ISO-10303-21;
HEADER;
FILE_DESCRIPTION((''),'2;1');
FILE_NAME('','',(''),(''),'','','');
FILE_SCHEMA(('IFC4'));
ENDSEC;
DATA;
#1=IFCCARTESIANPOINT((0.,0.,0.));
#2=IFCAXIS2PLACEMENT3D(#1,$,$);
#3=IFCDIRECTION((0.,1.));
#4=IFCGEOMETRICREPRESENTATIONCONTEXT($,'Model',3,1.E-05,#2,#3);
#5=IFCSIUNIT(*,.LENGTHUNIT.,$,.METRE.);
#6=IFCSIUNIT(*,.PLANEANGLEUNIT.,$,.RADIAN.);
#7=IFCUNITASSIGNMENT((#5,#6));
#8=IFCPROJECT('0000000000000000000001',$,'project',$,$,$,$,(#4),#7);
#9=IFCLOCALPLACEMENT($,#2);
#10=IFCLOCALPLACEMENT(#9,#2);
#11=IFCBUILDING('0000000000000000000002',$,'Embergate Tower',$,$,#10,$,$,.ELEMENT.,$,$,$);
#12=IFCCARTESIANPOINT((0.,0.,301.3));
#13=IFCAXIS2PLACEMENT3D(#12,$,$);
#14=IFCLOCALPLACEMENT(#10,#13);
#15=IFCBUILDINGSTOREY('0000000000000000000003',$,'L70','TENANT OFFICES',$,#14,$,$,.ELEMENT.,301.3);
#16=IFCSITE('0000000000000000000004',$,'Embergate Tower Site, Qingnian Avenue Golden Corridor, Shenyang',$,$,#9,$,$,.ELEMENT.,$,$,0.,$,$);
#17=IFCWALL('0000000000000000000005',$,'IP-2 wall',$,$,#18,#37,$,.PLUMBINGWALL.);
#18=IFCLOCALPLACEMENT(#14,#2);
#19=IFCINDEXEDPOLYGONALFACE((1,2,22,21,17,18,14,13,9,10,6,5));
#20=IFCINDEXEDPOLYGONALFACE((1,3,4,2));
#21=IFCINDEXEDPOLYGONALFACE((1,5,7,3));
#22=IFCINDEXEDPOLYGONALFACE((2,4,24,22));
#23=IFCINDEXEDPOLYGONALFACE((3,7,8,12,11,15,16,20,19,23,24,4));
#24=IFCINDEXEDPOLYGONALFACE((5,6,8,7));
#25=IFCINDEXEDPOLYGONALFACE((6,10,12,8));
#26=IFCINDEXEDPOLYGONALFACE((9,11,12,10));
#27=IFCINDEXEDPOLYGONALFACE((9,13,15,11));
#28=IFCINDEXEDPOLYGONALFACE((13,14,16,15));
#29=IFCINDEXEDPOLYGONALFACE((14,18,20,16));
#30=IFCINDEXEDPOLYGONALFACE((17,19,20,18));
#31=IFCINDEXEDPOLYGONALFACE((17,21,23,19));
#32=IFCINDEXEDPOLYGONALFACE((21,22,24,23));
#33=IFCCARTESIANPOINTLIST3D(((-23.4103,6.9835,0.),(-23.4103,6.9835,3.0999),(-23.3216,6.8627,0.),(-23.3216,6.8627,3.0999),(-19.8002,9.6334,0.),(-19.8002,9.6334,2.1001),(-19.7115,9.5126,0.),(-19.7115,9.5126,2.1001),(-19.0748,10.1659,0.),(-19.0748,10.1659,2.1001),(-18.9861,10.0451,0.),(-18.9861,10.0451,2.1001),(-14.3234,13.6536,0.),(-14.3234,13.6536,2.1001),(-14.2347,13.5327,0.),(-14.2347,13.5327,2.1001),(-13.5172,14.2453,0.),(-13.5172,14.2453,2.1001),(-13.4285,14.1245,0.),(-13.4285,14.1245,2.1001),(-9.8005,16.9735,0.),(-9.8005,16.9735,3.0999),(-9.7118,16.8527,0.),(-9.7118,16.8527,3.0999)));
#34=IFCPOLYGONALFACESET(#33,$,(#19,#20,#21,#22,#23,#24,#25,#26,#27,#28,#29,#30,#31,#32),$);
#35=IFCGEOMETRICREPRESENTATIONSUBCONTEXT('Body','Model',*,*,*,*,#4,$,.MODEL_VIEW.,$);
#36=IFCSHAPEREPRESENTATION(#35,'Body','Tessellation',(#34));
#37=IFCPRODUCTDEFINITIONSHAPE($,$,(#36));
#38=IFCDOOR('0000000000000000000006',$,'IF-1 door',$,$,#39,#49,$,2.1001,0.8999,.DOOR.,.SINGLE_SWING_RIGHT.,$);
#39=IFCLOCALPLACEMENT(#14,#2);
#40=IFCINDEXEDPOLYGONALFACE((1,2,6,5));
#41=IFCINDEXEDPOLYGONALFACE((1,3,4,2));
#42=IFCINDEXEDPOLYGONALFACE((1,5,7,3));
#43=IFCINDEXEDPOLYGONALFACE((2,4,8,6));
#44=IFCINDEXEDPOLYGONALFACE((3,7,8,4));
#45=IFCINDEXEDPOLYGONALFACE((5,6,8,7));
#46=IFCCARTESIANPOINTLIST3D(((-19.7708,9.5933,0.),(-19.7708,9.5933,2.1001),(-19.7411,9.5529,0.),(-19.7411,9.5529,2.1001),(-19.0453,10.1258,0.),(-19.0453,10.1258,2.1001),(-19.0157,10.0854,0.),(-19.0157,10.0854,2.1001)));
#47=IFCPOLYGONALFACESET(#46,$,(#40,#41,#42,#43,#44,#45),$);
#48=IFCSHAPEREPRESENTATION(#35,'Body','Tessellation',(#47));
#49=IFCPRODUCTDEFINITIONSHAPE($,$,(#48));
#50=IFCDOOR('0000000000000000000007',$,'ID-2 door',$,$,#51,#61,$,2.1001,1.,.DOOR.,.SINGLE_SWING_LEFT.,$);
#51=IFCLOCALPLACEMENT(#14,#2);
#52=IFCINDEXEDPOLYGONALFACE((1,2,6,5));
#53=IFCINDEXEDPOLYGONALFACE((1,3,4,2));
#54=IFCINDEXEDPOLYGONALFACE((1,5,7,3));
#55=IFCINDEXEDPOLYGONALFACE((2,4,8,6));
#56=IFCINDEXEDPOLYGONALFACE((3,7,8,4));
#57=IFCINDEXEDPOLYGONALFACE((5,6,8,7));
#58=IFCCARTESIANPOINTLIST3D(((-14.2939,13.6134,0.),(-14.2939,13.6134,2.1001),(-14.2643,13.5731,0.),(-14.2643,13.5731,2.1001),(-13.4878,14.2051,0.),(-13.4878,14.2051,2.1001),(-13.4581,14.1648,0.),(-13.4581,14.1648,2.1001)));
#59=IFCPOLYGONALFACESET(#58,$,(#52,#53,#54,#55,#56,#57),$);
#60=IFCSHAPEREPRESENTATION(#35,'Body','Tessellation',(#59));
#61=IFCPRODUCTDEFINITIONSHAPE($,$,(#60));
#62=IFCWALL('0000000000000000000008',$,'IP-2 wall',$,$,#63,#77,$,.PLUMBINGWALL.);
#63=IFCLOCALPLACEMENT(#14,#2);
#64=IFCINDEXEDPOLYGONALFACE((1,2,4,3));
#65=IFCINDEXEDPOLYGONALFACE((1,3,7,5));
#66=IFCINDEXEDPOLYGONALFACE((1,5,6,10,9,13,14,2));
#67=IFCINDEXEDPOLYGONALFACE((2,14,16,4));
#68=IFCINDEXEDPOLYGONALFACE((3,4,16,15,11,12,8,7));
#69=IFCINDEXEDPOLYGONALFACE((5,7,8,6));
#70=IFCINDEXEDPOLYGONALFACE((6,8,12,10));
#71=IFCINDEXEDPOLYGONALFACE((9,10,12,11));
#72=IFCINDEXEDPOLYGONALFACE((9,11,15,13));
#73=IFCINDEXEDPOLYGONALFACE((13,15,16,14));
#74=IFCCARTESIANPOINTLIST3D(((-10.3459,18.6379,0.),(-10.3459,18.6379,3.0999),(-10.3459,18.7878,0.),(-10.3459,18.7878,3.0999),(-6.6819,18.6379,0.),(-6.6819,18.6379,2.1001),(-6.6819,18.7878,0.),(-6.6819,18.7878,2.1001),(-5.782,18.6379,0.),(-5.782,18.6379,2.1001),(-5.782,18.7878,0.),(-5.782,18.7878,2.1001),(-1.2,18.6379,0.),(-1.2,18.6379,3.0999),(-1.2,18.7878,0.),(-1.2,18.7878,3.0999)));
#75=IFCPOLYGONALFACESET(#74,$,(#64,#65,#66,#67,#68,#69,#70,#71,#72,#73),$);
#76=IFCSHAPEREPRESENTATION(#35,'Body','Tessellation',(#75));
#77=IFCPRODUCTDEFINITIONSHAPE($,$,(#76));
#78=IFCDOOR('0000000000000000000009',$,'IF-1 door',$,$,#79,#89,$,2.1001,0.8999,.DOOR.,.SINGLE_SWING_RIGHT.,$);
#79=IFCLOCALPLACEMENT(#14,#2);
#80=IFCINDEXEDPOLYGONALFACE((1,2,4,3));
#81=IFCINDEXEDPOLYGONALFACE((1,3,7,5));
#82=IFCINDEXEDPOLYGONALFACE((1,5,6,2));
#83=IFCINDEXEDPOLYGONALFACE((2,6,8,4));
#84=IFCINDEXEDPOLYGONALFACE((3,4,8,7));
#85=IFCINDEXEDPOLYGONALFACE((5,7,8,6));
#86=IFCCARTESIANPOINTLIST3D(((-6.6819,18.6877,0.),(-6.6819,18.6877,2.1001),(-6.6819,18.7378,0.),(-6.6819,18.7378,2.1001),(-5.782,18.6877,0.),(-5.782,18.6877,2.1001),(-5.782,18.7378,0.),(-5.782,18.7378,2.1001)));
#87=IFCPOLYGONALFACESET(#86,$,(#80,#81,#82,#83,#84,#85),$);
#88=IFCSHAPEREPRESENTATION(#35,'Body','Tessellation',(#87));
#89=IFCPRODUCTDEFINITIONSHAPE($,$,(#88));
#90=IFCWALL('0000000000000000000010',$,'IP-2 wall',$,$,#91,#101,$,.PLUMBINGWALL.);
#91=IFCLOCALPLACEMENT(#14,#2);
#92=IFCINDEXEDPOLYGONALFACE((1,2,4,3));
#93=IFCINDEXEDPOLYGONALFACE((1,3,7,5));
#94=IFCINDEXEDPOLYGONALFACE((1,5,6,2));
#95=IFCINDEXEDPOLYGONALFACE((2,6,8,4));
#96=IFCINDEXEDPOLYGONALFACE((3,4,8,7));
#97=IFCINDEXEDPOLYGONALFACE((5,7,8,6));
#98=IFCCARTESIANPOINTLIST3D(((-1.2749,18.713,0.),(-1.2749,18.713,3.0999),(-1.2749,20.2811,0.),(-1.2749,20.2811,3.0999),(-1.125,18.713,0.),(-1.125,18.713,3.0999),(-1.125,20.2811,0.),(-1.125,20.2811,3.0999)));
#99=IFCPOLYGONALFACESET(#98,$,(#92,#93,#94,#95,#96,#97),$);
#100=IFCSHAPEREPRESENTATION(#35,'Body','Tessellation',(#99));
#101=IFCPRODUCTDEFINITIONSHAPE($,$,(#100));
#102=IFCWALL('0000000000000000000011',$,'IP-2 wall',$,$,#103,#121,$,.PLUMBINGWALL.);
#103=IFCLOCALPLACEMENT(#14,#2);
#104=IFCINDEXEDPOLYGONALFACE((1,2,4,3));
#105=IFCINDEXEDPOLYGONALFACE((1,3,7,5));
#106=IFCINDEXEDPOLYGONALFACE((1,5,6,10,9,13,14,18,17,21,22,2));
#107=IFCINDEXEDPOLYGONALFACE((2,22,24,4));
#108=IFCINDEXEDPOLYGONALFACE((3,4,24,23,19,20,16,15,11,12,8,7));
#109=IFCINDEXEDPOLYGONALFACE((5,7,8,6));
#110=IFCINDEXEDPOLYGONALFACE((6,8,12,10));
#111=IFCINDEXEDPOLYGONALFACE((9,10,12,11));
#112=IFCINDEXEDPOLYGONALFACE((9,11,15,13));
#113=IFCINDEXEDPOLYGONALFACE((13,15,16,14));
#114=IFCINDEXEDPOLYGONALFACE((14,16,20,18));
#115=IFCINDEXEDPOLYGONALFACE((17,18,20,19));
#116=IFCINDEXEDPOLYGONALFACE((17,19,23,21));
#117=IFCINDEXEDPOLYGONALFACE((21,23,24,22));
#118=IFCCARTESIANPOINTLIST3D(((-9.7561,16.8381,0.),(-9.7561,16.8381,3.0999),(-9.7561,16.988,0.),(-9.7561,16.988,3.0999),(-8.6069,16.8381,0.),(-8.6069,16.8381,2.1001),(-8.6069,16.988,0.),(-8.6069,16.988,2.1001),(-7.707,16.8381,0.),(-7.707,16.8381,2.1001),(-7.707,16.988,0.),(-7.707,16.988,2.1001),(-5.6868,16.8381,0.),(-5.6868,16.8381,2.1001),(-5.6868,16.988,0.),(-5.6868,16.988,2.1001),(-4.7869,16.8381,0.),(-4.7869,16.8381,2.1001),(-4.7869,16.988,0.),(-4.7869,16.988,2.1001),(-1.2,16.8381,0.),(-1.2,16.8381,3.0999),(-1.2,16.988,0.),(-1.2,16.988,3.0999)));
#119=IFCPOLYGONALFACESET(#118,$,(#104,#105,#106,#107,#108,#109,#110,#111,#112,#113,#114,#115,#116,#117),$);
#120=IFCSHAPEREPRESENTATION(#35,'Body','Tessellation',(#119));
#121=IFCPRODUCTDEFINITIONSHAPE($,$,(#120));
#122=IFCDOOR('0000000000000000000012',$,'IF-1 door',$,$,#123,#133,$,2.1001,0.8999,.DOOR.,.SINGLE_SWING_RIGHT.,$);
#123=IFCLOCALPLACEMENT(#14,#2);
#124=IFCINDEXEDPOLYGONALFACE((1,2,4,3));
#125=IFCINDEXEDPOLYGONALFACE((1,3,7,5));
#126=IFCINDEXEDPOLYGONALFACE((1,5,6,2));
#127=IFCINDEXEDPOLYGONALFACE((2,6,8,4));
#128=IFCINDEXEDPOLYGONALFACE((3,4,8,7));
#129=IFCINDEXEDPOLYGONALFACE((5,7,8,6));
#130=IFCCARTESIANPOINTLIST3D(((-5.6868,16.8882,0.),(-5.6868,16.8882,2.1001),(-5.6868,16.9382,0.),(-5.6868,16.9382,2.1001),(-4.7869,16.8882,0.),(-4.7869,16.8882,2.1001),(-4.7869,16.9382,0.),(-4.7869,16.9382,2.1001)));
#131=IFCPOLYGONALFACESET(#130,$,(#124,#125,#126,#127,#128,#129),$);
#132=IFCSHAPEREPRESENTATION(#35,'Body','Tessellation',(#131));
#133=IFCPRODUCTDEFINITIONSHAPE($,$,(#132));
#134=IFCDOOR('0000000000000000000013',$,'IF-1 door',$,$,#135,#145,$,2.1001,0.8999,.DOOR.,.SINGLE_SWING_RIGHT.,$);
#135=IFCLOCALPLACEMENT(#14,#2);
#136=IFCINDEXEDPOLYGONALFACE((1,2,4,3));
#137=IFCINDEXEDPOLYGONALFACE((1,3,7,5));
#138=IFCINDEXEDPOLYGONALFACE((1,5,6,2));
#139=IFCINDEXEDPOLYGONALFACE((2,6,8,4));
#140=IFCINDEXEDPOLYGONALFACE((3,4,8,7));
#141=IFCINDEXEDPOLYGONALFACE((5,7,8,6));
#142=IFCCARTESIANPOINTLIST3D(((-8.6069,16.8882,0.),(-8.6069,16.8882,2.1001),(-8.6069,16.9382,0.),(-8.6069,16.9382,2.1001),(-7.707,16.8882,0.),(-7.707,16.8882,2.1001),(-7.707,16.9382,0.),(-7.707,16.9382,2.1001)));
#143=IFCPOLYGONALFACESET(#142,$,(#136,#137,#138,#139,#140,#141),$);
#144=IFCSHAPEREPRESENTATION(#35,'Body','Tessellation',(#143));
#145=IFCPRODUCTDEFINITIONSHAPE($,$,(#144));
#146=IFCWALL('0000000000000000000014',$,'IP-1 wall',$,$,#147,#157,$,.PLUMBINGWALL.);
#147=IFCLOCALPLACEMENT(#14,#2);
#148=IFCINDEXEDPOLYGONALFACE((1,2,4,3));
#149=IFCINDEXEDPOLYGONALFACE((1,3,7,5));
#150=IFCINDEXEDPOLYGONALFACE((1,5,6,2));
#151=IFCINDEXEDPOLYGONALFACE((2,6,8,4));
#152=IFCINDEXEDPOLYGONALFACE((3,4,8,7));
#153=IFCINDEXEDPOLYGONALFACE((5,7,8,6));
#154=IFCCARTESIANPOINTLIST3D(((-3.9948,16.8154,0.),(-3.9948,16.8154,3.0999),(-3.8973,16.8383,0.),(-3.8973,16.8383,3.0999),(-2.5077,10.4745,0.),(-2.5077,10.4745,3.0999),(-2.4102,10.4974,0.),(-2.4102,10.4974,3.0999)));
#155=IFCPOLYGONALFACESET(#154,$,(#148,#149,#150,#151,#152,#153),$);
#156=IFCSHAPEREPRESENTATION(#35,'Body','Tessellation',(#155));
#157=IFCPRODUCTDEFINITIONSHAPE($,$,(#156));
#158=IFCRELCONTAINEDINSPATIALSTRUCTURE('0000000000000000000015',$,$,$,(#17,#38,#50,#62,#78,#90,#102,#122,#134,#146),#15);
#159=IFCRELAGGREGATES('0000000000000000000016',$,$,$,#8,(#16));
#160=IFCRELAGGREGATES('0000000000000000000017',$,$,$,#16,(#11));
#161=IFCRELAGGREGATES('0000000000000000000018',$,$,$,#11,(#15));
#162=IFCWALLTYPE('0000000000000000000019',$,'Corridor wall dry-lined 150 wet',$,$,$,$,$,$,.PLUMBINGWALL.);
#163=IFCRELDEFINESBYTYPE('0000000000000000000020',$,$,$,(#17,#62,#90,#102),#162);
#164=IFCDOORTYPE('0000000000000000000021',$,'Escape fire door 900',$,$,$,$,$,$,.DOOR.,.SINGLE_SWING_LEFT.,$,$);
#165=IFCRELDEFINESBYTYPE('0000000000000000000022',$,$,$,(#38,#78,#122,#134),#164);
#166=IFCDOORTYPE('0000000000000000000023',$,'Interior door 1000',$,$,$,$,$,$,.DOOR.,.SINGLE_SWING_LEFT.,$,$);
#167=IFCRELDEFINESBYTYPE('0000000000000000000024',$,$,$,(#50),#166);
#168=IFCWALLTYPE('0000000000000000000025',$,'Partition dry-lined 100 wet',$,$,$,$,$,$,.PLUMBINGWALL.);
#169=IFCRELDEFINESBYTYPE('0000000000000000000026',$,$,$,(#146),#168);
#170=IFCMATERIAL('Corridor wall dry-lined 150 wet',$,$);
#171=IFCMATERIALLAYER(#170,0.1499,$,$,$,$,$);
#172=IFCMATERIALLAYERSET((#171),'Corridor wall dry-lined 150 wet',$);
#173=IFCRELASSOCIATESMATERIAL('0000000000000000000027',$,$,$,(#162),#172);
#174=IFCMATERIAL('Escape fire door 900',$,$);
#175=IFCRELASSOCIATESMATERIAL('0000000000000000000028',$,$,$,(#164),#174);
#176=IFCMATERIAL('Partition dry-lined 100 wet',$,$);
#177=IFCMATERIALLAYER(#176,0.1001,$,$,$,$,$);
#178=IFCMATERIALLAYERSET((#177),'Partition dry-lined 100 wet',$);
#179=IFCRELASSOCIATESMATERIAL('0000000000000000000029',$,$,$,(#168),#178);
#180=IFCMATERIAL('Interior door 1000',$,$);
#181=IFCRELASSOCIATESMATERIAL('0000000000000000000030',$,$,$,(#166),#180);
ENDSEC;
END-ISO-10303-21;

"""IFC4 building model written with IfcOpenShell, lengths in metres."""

from ifc_helpers import new_model, si_unit, direction, frame, frame_2d, origin, place, context, subcontext, project, spatial, rectangle, extrude, source, transform, mapped, material, layer, layer_set, type_object, element, fill, save


model = new_model("IFC4")

# Units and contexts
model_context = context("Model", 3, precision=1e-05, world=origin(), true_north=direction((0.0, 1.0)))
body_context = subcontext(model_context, "Body", "Model", "MODEL_VIEW")
ifc_project = project(units=[si_unit("LENGTHUNIT", "METRE"), si_unit("PLANEANGLEUNIT", "RADIAN")], contexts=[model_context])

# Site, building, storey
site_placement = place(None, origin())
site = spatial("IfcSite", under=ifc_project, at=site_placement, Name="Embergate Tower Site, Qingnian Avenue Golden Corridor, Shenyang", CompositionType="ELEMENT", RefElevation=0.0)
building_placement = place(site_placement, origin())
building = spatial("IfcBuilding", under=site, at=building_placement, Name="Embergate Tower", CompositionType="ELEMENT")
storey_placement = place(building_placement, frame((0.0, 0.0, 301.3)))
storey = spatial("IfcBuildingStorey", under=building, at=storey_placement, Name="L70", Description="TENANT OFFICES", CompositionType="ELEMENT", Elevation=301.3)

# Shared definitions
ifc_material_1 = material(Name="Corridor wall dry-lined 150 wet")
ifc_layer_1 = layer(ifc_material_1, 0.1499)
ifc_layer_set_1 = layer_set([ifc_layer_1], Name="Corridor wall dry-lined 150 wet")
wall_type_1 = type_object("IfcWallType", Name="Corridor wall dry-lined 150 wet", PredefinedType="PLUMBINGWALL", material=ifc_layer_set_1)

# Shared definitions
shared_shape_1 = source(origin(), body_context, "Body", "SweptSolid", [
    extrude(rectangle(XDim=0.8999, YDim=2.1001, at=frame_2d((0.45, 1.05))), frame((0.0, 0.085, 0.0), z_axis=(0.0, -1.0, 0.0), x_axis=(1.0, 0.0, 0.0)), (0.0, 0.0, 1.0), 0.1699),
])
ifc_material_2 = material(Name="Escape fire door 900")
door_type_1 = type_object("IfcDoorType", Name="Escape fire door 900", OperationType="SINGLE_SWING_LEFT", PredefinedType="DOOR", material=ifc_material_2)
shared_shape_2 = source(origin(), body_context, "Body", "SweptSolid", [
    extrude(rectangle(XDim=0.8999, YDim=2.1001, at=frame_2d((0.45, 1.05))), frame((0.0, 0.0249, 0.0), z_axis=(0.0, -1.0, 0.0), x_axis=(1.0, 0.0, 0.0)), (0.0, 0.0, 1.0), 0.05),
])

# Shared definitions
ifc_material_3 = material(Name="Partition dry-lined 100 wet")
ifc_layer_2 = layer(ifc_material_3, 0.1001)
ifc_layer_set_2 = layer_set([ifc_layer_2], Name="Partition dry-lined 100 wet")
wall_type_2 = type_object("IfcWallType", Name="Partition dry-lined 100 wet", PredefinedType="PLUMBINGWALL", material=ifc_layer_set_2)

# Wall, openings, doors
shared_shape_3 = source(origin(), body_context, "Body", "SweptSolid", [
    extrude(rectangle(XDim=16.8828, YDim=0.1499, at=frame_2d((8.4414, 0.0))), origin(), (0.0, 0.0, 1.0), 3.0999),
])
wall_1_placement = place(storey_placement, frame((-9.7561, 16.9131, 0.0), z_axis=(0.0, 0.0, 1.0), x_axis=(-0.806139, -0.591727, 0.0)))
wall_1 = element("IfcWall", 1, at=wall_1_placement, inside=storey, type_object=wall_type_1, Name="IP-2 wall", PredefinedType="PLUMBINGWALL", context=body_context, shape_type="MappedRepresentation", body=[
    mapped(shared_shape_3, transform((0.0, 0.0, 0.0))),
])
shared_shape_4 = source(origin(), body_context, "Body", "SweptSolid", [
    extrude(rectangle(XDim=1.0, YDim=2.1001, at=frame_2d((0.5, 1.05))), frame((0.0, 0.085, 0.0), z_axis=(0.0, -1.0, 0.0), x_axis=(1.0, 0.0, 0.0)), (0.0, 0.0, 1.0), 0.1699),
])
opening_1_placement = place(wall_1_placement, frame((4.6106, 0.0, 0.0)))
opening_1 = element("IfcOpeningElement", 2, at=opening_1_placement, cuts=wall_1, PredefinedType="OPENING", context=body_context, shape_type="MappedRepresentation", body=[
    mapped(shared_shape_4, transform((0.0, 0.0, 0.0))),
])
opening_2_placement = place(wall_1_placement, frame((11.5046, 0.0, 0.0)))
opening_2 = element("IfcOpeningElement", 3, at=opening_2_placement, cuts=wall_1, PredefinedType="OPENING", context=body_context, shape_type="MappedRepresentation", body=[
    mapped(shared_shape_1, transform((0.0, 0.0, 0.0))),
])
door_1_placement = place(opening_2_placement, origin())
door_1 = element("IfcDoor", 4, at=door_1_placement, inside=storey, type_object=door_type_1, Name="IF-1 door", OperationType="SINGLE_SWING_RIGHT", OverallHeight=2.1001, OverallWidth=0.8999, PredefinedType="DOOR", context=body_context, shape_type="MappedRepresentation", body=[
    mapped(shared_shape_2, transform((0.0, 0.0, 0.0))),
])
fill(opening_2, door_1)
ifc_material_4 = material(Name="Interior door 1000")
door_type_2 = type_object("IfcDoorType", Name="Interior door 1000", OperationType="SINGLE_SWING_LEFT", PredefinedType="DOOR", material=ifc_material_4)
shared_shape_5 = source(origin(), body_context, "Body", "SweptSolid", [
    extrude(rectangle(XDim=1.0, YDim=2.1001, at=frame_2d((0.5, 1.05))), frame((0.0, 0.0249, 0.0), z_axis=(0.0, -1.0, 0.0), x_axis=(1.0, 0.0, 0.0)), (0.0, 0.0, 1.0), 0.05),
])
door_2_placement = place(opening_1_placement, origin())
door_2 = element("IfcDoor", 5, at=door_2_placement, inside=storey, type_object=door_type_2, Name="ID-2 door", OperationType="SINGLE_SWING_LEFT", OverallHeight=2.1001, OverallWidth=1.0, PredefinedType="DOOR", context=body_context, shape_type="MappedRepresentation", body=[
    mapped(shared_shape_5, transform((0.0, 0.0, 0.0))),
])
fill(opening_1, door_2)

# Wall, opening, door
shared_shape_6 = source(origin(), body_context, "Body", "SweptSolid", [
    extrude(rectangle(XDim=9.146, YDim=0.1499, at=frame_2d((4.573, 0.0))), origin(), (0.0, 0.0, 1.0), 3.0999),
])
wall_2_placement = place(storey_placement, frame((-10.3459, 18.7129, 0.0), z_axis=(0.0, 0.0, 1.0), x_axis=(1.0, 0.0, 0.0)))
wall_2 = element("IfcWall", 6, at=wall_2_placement, inside=storey, type_object=wall_type_1, Name="IP-2 wall", PredefinedType="PLUMBINGWALL", context=body_context, shape_type="MappedRepresentation", body=[
    mapped(shared_shape_6, transform((0.0, 0.0, 0.0))),
])
opening_3_placement = place(wall_2_placement, frame((3.6641, 0.0, 0.0)))
opening_3 = element("IfcOpeningElement", 7, at=opening_3_placement, cuts=wall_2, PredefinedType="OPENING", context=body_context, shape_type="MappedRepresentation", body=[
    mapped(shared_shape_1, transform((0.0, 0.0, 0.0))),
])
door_3_placement = place(opening_3_placement, origin())
door_3 = element("IfcDoor", 8, at=door_3_placement, inside=storey, type_object=door_type_1, Name="IF-1 door", OperationType="SINGLE_SWING_RIGHT", OverallHeight=2.1001, OverallWidth=0.8999, PredefinedType="DOOR", context=body_context, shape_type="MappedRepresentation", body=[
    mapped(shared_shape_2, transform((0.0, 0.0, 0.0))),
])
fill(opening_3, door_3)

# Wall
shared_shape_7 = source(origin(), body_context, "Body", "SweptSolid", [
    extrude(rectangle(XDim=1.5681, YDim=0.1499, at=frame_2d((0.7842, 0.0))), origin(), (0.0, 0.0, 1.0), 3.0999),
])
wall_3_placement = place(storey_placement, frame((-1.2, 18.7129, 0.0), z_axis=(0.0, 0.0, 1.0), x_axis=(0.0, 1.0, 0.0)))
element("IfcWall", 9, at=wall_3_placement, inside=storey, type_object=wall_type_1, Name="IP-2 wall", PredefinedType="PLUMBINGWALL", context=body_context, shape_type="MappedRepresentation", body=[
    mapped(shared_shape_7, transform((0.0, 0.0, 0.0))),
])

# Wall, openings, doors
shared_shape_8 = source(origin(), body_context, "Body", "SweptSolid", [
    extrude(rectangle(XDim=8.5562, YDim=0.1499, at=frame_2d((4.2781, 0.0))), origin(), (0.0, 0.0, 1.0), 3.0999),
])
wall_4_placement = place(storey_placement, frame((-1.2, 16.9131, 0.0), z_axis=(0.0, 0.0, 1.0), x_axis=(-1.0, 0.0, 0.0)))
wall_4 = element("IfcWall", 10, at=wall_4_placement, inside=storey, type_object=wall_type_1, Name="IP-2 wall", PredefinedType="PLUMBINGWALL", context=body_context, shape_type="MappedRepresentation", body=[
    mapped(shared_shape_8, transform((0.0, 0.0, 0.0))),
])
opening_4_placement = place(wall_4_placement, frame((3.5869, 0.0, 0.0)))
opening_4 = element("IfcOpeningElement", 11, at=opening_4_placement, cuts=wall_4, PredefinedType="OPENING", context=body_context, shape_type="MappedRepresentation", body=[
    mapped(shared_shape_1, transform((0.0, 0.0, 0.0))),
])
opening_5_placement = place(wall_4_placement, frame((6.5071, 0.0, 0.0)))
opening_5 = element("IfcOpeningElement", 12, at=opening_5_placement, cuts=wall_4, PredefinedType="OPENING", context=body_context, shape_type="MappedRepresentation", body=[
    mapped(shared_shape_1, transform((0.0, 0.0, 0.0))),
])
door_4_placement = place(opening_4_placement, origin())
door_4 = element("IfcDoor", 13, at=door_4_placement, inside=storey, type_object=door_type_1, Name="IF-1 door", OperationType="SINGLE_SWING_RIGHT", OverallHeight=2.1001, OverallWidth=0.8999, PredefinedType="DOOR", context=body_context, shape_type="MappedRepresentation", body=[
    mapped(shared_shape_2, transform((0.0, 0.0, 0.0))),
])
fill(opening_4, door_4)
door_5_placement = place(opening_5_placement, origin())
door_5 = element("IfcDoor", 14, at=door_5_placement, inside=storey, type_object=door_type_1, Name="IF-1 door", OperationType="SINGLE_SWING_RIGHT", OverallHeight=2.1001, OverallWidth=0.8999, PredefinedType="DOOR", context=body_context, shape_type="MappedRepresentation", body=[
    mapped(shared_shape_2, transform((0.0, 0.0, 0.0))),
])
fill(opening_5, door_5)

# Wall
shared_shape_9 = source(origin(), body_context, "Body", "SweptSolid", [
    extrude(rectangle(XDim=6.5129, YDim=0.1001, at=frame_2d((3.2563, 0.0))), origin(), (0.0, 0.0, 1.0), 3.0999),
])
wall_5_placement = place(storey_placement, frame((-2.459, 10.4861, 0.0), z_axis=(0.0, 0.0, 1.0), x_axis=(-0.228327, 0.973585, 0.0)))
element("IfcWall", 15, at=wall_5_placement, inside=storey, type_object=wall_type_2, Name="IP-1 wall", PredefinedType="PLUMBINGWALL", context=body_context, shape_type="MappedRepresentation", body=[
    mapped(shared_shape_9, transform((0.0, 0.0, 0.0))),
])

save(model, "model.ifc")
